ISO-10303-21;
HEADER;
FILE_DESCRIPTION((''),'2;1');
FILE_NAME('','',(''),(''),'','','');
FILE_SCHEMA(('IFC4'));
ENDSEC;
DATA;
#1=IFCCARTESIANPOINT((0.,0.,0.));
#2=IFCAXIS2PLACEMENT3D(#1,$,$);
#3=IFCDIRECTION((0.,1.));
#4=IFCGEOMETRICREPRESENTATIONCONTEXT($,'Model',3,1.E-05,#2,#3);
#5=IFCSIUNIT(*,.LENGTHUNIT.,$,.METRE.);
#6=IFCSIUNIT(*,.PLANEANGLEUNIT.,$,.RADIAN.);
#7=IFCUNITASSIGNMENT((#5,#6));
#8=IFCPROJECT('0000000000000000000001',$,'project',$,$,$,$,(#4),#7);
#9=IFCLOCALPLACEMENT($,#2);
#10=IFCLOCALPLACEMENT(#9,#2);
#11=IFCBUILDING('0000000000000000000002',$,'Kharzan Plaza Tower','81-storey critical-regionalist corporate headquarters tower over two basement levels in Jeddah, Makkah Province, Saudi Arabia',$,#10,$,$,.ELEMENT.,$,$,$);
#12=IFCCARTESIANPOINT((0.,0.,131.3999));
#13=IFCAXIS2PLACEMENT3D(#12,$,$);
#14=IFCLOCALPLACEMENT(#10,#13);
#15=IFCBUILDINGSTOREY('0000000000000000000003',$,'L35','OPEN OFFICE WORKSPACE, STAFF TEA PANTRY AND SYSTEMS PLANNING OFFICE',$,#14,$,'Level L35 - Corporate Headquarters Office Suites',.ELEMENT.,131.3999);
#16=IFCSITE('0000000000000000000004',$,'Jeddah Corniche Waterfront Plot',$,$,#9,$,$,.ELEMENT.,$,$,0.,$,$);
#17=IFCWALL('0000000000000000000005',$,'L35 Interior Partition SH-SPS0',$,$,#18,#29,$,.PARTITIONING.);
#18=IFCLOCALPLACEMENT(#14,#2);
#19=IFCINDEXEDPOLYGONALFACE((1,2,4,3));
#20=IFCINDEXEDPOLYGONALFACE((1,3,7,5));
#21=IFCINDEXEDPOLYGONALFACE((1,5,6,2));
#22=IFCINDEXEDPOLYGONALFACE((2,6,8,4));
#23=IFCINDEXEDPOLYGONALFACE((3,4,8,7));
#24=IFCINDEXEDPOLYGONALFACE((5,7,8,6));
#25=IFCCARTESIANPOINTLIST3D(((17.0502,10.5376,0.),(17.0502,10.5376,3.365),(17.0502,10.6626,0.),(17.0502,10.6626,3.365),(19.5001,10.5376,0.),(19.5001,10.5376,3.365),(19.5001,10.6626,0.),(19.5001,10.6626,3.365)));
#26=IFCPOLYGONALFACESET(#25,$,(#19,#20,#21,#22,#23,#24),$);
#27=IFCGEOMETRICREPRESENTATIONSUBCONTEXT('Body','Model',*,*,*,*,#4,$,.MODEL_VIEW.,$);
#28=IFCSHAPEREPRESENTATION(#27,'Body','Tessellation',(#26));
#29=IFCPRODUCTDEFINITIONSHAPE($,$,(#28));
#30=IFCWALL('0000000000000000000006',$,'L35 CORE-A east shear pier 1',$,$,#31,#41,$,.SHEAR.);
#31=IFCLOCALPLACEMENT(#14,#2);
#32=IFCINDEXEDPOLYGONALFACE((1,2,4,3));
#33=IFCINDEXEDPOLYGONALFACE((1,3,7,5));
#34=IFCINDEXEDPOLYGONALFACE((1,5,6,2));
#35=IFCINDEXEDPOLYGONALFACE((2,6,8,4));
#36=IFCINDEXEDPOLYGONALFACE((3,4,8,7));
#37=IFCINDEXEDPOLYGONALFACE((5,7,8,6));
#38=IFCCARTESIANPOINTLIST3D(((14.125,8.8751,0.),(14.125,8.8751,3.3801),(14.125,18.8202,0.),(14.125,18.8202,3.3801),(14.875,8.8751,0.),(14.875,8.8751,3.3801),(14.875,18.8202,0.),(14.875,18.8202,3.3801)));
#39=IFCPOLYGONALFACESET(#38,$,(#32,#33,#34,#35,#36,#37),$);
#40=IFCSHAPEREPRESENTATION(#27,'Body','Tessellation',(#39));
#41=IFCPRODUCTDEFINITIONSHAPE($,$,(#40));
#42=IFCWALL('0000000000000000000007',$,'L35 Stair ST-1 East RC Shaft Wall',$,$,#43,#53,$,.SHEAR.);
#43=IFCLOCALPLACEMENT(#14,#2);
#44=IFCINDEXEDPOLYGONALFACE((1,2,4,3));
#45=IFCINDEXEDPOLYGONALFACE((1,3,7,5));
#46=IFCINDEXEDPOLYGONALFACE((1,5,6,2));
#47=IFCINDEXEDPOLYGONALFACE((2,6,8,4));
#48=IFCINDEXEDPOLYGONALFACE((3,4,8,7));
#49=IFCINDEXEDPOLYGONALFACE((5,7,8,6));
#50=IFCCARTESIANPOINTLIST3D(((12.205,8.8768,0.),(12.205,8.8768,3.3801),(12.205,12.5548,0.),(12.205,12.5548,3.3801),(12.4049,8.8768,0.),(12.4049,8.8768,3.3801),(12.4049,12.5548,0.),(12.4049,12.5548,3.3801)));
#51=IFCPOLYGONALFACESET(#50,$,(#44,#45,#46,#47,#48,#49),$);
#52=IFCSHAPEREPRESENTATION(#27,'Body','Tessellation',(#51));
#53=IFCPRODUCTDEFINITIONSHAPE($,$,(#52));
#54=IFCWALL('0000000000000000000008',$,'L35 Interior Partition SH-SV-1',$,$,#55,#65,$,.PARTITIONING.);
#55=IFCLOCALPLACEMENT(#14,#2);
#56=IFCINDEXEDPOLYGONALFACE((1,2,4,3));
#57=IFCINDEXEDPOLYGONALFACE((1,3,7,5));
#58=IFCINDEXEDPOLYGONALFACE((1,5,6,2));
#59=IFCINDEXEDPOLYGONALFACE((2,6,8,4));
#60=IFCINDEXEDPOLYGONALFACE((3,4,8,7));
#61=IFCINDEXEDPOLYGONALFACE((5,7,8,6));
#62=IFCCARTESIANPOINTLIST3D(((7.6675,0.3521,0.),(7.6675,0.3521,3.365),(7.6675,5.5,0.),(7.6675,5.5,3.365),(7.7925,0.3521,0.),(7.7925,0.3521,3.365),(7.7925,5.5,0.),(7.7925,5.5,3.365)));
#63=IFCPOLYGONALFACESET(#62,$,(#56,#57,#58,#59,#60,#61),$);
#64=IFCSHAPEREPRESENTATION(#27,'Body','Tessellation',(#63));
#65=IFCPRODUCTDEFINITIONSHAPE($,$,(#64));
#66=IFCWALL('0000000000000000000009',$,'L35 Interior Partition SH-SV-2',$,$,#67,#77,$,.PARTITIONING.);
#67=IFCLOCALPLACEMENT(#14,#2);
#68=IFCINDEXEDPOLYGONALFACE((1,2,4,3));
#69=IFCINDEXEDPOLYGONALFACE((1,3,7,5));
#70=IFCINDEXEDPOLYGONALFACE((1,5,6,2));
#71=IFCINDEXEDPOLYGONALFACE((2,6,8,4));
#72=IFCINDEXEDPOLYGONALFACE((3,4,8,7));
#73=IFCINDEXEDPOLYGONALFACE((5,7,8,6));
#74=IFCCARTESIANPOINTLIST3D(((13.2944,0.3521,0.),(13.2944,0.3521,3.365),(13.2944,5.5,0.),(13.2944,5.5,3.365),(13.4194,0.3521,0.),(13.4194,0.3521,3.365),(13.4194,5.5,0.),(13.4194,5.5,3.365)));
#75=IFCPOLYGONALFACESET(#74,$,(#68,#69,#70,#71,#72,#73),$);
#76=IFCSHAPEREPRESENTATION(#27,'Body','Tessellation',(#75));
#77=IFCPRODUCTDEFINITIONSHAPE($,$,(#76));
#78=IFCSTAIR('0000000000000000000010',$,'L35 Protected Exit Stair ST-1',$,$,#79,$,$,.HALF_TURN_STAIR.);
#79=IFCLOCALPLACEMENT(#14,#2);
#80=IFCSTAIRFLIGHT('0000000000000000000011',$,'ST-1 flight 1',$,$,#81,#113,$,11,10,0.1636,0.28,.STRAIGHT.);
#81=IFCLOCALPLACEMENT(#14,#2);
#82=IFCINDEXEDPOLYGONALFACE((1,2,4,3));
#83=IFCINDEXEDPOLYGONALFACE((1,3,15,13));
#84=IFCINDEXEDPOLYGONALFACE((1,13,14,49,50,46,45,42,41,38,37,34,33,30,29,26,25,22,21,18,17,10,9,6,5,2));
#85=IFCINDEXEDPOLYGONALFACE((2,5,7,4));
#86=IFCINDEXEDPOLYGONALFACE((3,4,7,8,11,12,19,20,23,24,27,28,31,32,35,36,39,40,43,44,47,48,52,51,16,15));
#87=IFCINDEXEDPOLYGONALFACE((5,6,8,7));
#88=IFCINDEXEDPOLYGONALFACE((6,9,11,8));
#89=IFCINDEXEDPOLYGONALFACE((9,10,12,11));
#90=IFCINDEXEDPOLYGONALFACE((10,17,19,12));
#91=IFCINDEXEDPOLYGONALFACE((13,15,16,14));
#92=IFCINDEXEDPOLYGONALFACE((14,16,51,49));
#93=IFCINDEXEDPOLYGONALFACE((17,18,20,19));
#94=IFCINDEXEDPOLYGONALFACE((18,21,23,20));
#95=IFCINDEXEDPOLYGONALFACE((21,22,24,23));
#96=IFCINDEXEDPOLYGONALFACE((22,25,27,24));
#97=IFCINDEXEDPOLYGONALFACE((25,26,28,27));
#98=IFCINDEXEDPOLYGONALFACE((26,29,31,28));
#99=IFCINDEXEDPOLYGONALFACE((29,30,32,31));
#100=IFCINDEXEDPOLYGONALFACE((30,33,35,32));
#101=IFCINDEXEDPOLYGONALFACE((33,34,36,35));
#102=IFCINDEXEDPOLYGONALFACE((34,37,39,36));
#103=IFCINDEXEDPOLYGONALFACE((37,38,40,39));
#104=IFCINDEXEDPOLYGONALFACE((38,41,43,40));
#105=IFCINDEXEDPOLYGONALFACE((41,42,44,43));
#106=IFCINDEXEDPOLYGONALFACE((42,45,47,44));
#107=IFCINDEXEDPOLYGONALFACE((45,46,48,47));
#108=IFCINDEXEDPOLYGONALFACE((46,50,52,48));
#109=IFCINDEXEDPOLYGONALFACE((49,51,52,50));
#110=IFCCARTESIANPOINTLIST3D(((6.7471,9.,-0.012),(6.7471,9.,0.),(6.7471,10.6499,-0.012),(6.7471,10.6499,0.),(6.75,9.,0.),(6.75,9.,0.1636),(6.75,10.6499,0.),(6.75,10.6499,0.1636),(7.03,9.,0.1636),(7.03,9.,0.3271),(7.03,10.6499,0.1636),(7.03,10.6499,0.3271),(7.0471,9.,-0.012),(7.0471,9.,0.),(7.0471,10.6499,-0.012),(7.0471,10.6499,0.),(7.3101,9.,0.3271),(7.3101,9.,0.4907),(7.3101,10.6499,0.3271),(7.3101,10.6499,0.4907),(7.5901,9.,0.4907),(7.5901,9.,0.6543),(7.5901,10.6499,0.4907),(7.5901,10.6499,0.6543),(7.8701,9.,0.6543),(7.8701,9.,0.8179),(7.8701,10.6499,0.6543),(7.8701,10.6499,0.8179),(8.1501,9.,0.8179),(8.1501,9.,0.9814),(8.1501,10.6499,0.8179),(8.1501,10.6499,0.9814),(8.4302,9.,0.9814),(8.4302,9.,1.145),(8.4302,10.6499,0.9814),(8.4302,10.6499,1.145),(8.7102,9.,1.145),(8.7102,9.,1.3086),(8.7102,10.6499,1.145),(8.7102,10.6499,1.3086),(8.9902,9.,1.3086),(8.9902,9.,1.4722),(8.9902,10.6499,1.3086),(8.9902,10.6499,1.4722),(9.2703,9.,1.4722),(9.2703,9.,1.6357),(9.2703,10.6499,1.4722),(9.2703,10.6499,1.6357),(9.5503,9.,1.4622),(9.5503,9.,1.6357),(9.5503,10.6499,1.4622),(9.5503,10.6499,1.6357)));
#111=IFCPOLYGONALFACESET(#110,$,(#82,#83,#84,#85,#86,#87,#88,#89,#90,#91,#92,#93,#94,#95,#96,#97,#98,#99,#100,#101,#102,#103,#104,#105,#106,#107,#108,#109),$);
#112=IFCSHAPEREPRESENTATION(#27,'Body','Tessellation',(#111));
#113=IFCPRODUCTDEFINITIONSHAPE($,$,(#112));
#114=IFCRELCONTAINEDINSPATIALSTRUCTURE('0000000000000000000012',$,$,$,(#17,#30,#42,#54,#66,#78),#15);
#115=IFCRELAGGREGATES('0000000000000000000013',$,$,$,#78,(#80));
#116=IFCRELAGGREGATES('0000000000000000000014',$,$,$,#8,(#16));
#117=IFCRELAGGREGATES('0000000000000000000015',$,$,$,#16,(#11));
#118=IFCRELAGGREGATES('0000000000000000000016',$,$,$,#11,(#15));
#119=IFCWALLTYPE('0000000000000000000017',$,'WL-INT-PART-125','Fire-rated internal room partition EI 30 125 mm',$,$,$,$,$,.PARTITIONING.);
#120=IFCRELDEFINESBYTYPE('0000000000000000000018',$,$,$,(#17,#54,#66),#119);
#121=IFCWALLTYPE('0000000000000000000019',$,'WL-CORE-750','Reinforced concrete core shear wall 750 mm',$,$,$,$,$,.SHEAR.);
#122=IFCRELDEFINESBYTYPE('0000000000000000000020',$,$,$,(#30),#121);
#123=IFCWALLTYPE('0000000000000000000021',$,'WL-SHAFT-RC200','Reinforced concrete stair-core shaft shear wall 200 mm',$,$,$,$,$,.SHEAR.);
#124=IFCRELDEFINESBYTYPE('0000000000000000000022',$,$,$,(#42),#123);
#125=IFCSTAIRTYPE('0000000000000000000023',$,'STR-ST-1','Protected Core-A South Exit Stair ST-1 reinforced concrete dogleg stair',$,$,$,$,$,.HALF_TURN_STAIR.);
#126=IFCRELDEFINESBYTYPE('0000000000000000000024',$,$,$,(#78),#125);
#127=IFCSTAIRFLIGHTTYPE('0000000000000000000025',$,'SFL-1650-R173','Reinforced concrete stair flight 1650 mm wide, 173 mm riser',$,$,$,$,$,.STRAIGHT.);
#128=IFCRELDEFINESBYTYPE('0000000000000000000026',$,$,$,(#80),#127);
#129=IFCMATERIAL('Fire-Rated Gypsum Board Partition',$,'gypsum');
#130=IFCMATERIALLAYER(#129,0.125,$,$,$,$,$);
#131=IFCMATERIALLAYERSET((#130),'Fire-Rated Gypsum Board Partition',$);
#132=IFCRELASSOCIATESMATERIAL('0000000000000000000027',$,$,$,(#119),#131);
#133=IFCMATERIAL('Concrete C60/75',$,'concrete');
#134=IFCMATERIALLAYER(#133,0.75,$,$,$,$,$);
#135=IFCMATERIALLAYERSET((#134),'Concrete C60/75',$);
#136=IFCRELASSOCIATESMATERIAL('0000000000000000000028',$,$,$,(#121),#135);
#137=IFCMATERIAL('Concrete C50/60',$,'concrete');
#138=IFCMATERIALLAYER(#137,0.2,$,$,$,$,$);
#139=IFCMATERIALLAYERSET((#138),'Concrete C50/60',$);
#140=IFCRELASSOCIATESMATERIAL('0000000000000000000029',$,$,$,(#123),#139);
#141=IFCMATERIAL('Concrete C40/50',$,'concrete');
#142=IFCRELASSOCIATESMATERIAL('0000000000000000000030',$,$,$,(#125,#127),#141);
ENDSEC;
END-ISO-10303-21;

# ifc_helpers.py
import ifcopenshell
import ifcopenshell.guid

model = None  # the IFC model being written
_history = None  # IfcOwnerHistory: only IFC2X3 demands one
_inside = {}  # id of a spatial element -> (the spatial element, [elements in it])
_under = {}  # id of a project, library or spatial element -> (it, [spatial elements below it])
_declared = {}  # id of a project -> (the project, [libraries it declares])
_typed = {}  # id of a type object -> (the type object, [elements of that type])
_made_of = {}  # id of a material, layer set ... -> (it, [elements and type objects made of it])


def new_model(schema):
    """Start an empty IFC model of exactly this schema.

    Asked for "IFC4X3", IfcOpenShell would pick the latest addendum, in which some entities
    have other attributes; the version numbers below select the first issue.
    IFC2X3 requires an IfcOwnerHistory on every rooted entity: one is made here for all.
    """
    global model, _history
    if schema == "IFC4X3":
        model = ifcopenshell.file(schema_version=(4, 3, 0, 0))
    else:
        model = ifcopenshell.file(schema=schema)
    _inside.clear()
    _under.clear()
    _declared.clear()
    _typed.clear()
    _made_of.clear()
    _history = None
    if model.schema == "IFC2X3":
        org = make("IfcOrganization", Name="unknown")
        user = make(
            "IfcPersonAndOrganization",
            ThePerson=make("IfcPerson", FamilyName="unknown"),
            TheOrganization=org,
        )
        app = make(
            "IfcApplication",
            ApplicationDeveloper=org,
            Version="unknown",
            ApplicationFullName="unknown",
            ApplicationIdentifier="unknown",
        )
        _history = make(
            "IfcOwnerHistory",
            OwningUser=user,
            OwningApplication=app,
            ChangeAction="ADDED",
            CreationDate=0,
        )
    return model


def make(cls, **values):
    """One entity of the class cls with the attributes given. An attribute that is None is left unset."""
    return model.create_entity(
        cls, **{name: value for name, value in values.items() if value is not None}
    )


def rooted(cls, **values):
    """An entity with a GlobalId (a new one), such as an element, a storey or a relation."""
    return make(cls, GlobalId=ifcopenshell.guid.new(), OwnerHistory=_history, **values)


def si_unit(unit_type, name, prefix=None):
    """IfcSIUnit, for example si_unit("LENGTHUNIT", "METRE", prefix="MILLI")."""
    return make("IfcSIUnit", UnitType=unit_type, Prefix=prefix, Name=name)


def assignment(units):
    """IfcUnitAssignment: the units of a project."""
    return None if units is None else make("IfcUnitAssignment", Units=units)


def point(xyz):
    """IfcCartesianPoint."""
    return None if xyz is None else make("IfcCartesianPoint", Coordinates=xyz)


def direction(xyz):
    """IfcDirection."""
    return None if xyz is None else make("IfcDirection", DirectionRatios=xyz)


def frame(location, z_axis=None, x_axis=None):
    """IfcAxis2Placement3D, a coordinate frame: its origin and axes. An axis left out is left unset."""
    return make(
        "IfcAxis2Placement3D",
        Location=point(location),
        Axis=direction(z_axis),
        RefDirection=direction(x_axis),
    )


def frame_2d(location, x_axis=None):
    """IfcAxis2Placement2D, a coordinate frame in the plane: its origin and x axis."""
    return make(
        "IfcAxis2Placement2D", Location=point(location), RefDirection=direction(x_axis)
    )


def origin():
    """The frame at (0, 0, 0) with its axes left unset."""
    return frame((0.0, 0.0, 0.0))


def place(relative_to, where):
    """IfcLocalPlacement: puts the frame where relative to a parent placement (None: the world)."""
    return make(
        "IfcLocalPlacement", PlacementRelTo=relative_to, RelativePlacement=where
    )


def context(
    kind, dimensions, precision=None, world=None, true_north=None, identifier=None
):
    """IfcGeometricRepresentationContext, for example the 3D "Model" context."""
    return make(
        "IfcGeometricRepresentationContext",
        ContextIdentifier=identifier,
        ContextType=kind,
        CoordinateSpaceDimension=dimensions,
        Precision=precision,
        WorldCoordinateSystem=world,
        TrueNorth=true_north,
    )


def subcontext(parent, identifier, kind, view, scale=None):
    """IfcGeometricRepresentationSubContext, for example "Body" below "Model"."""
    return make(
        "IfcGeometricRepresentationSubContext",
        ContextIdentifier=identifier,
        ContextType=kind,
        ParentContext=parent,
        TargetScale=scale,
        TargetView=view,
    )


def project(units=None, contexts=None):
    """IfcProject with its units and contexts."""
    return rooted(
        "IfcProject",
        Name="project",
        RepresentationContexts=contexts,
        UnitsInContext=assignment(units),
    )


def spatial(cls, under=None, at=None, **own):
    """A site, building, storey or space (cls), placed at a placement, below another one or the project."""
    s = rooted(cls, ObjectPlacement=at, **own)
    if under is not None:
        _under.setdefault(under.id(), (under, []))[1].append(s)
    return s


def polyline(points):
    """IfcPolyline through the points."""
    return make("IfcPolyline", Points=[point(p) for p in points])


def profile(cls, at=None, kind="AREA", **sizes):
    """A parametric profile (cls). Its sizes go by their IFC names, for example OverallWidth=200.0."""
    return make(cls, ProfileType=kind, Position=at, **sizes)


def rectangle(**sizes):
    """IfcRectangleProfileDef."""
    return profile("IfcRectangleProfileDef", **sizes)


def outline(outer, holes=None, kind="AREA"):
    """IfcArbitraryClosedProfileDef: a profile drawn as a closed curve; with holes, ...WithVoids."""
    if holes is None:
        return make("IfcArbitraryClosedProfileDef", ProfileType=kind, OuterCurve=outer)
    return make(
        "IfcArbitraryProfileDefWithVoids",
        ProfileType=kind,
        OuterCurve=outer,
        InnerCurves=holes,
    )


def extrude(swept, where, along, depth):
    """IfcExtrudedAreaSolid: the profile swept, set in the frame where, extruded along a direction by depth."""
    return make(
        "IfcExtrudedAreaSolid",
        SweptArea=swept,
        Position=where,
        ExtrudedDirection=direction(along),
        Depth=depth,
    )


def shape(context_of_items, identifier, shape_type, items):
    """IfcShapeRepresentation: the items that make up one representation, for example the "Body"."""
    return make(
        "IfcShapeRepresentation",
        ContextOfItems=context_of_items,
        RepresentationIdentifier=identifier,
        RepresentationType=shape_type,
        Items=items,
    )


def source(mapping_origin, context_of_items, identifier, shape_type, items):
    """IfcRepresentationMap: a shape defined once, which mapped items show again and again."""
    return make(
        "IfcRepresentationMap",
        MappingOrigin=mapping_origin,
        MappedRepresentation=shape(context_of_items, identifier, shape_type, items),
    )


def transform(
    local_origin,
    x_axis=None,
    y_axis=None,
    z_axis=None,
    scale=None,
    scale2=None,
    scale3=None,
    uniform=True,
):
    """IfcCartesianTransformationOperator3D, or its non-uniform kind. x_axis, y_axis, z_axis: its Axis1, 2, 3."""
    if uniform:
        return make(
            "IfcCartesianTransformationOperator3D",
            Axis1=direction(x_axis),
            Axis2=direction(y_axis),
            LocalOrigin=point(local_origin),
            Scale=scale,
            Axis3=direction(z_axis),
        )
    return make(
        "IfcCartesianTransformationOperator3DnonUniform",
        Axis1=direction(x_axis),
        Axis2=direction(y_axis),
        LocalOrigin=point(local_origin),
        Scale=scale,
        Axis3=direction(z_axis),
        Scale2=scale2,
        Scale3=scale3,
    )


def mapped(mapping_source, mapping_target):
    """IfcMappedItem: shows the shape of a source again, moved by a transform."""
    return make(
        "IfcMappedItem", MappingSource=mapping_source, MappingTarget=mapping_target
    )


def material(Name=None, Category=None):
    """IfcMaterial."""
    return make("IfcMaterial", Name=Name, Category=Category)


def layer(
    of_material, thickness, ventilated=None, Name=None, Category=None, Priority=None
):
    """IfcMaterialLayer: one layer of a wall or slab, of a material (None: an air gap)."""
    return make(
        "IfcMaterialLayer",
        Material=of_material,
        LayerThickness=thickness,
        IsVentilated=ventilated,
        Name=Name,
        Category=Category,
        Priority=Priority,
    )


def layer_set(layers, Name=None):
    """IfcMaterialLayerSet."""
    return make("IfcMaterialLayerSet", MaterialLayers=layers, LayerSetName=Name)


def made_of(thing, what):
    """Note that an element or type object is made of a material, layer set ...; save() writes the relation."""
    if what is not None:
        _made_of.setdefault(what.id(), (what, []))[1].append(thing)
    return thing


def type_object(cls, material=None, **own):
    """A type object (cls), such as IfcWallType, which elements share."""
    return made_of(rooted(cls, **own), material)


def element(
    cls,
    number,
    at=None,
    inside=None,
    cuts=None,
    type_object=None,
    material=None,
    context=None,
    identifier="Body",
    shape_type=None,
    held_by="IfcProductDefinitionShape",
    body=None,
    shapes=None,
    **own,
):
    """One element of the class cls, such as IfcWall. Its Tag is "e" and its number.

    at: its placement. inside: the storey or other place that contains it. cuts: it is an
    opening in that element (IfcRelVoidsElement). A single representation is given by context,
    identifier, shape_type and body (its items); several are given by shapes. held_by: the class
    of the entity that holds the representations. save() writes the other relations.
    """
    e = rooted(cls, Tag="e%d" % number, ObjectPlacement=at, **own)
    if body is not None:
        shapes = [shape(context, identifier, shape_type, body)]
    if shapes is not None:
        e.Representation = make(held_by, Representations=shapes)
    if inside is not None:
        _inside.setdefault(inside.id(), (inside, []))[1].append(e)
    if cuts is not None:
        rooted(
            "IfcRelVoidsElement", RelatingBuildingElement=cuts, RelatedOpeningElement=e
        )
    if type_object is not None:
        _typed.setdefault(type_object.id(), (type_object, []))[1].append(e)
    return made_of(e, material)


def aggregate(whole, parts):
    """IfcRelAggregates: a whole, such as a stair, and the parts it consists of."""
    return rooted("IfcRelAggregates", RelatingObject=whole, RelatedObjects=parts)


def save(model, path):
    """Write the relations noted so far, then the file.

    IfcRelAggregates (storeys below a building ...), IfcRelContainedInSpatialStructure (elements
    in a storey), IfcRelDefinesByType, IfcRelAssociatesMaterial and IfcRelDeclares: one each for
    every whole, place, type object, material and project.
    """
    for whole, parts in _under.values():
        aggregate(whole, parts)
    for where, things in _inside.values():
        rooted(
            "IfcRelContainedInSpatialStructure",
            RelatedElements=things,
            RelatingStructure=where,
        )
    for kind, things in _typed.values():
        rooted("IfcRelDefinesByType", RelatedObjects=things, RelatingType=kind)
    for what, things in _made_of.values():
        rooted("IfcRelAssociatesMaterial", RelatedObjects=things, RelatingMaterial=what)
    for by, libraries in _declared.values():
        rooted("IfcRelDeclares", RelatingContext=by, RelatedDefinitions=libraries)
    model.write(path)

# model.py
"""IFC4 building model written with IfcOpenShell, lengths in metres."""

from ifc_helpers import new_model, si_unit, direction, frame, frame_2d, origin, place, context, subcontext, project, spatial, polyline, rectangle, outline, extrude, source, transform, mapped, material, layer, layer_set, type_object, element, aggregate, save


model = new_model("IFC4")

# Units and contexts
model_context = context("Model", 3, precision=1e-05, world=origin(), true_north=direction((0.0, 1.0)))
body_context = subcontext(model_context, "Body", "Model", "MODEL_VIEW")
ifc_project = project(units=[si_unit("LENGTHUNIT", "METRE"), si_unit("PLANEANGLEUNIT", "RADIAN")], contexts=[model_context])

# Site, building, storey
site_placement = place(None, origin())
site = spatial("IfcSite", under=ifc_project, at=site_placement, Name="Jeddah Corniche Waterfront Plot", CompositionType="ELEMENT", RefElevation=0.0)
building_placement = place(site_placement, origin())
building = spatial("IfcBuilding", under=site, at=building_placement, Name="Kharzan Plaza Tower", Description="81-storey critical-regionalist corporate headquarters tower over two basement levels in Jeddah, Makkah Province, Saudi Arabia", CompositionType="ELEMENT")
storey_placement = place(building_placement, frame((0.0, 0.0, 131.3999)))
storey = spatial("IfcBuildingStorey", under=building, at=storey_placement, Name="L35", Description="OPEN OFFICE WORKSPACE, STAFF TEA PANTRY AND SYSTEMS PLANNING OFFICE", LongName="Level L35 - Corporate Headquarters Office Suites", CompositionType="ELEMENT", Elevation=131.3999)

# Shared definitions
ifc_material_1 = material(Name="Concrete C60/75", Category="concrete")

# Shared definitions
ifc_material_2 = material(Name="Concrete C40/50", Category="concrete")

# Shared definitions
ifc_material_3 = material(Name="Fire-Rated Gypsum Board Partition", Category="gypsum")
ifc_layer_1 = layer(ifc_material_3, 0.125)
ifc_layer_set_1 = layer_set([ifc_layer_1], Name="Fire-Rated Gypsum Board Partition")
wall_type_1 = type_object("IfcWallType", Name="WL-INT-PART-125", Description="Fire-rated internal room partition EI 30 125 mm", PredefinedType="PARTITIONING", material=ifc_layer_set_1)

# Walls
shared_shape_1 = source(origin(), body_context, "Body", "SweptSolid", [
    extrude(rectangle(XDim=2.45, YDim=0.125, at=frame_2d((1.2251, 0.0))), origin(), (0.0, 0.0, 1.0), 3.365),
])
wall_1_placement = place(storey_placement, frame((17.05, 10.6001, 0.0), z_axis=(0.0, 0.0, 1.0), x_axis=(1.0, 0.0, 0.0)))
element("IfcWall", 1, at=wall_1_placement, inside=storey, type_object=wall_type_1, Name="L35 Interior Partition SH-SPS0", PredefinedType="PARTITIONING", context=body_context, shape_type="MappedRepresentation", body=[
    mapped(shared_shape_1, transform((0.0, 0.0, 0.0), x_axis=(1.0, 0.0, 0.0), y_axis=(0.0, 1.0, 0.0), z_axis=(0.0, 0.0, 1.0))),
])
ifc_layer_2 = layer(ifc_material_1, 0.75)
ifc_layer_set_2 = layer_set([ifc_layer_2], Name="Concrete C60/75")
wall_type_2 = type_object("IfcWallType", Name="WL-CORE-750", Description="Reinforced concrete core shear wall 750 mm", PredefinedType="SHEAR", material=ifc_layer_set_2)
shared_shape_2 = source(origin(), body_context, "Body", "SweptSolid", [
    extrude(rectangle(XDim=9.9451, YDim=0.75, at=frame_2d((4.9727, 0.0))), origin(), (0.0, 0.0, 1.0), 3.3801),
])
wall_2_placement = place(storey_placement, frame((14.5, 8.875, 0.0), z_axis=(0.0, 0.0, 1.0), x_axis=(0.0, 1.0, 0.0)))
element("IfcWall", 2, at=wall_2_placement, inside=storey, type_object=wall_type_2, Name="L35 CORE-A east shear pier 1", PredefinedType="SHEAR", context=body_context, shape_type="MappedRepresentation", body=[
    mapped(shared_shape_2, transform((0.0, 0.0, 0.0), x_axis=(1.0, 0.0, 0.0), y_axis=(0.0, 1.0, 0.0), z_axis=(0.0, 0.0, 1.0))),
])
ifc_material_4 = material(Name="Concrete C50/60", Category="concrete")
ifc_layer_3 = layer(ifc_material_4, 0.2)
ifc_layer_set_3 = layer_set([ifc_layer_3], Name="Concrete C50/60")
wall_type_3 = type_object("IfcWallType", Name="WL-SHAFT-RC200", Description="Reinforced concrete stair-core shaft shear wall 200 mm", PredefinedType="SHEAR", material=ifc_layer_set_3)
shared_shape_3 = source(origin(), body_context, "Body", "SweptSolid", [
    extrude(rectangle(XDim=3.678, YDim=0.2, at=frame_2d((1.8389, 0.0))), origin(), (0.0, 0.0, 1.0), 3.3801),
])
wall_3_placement = place(storey_placement, frame((12.3049, 8.877, 0.0), z_axis=(0.0, 0.0, 1.0), x_axis=(0.0, 1.0, 0.0)))
element("IfcWall", 3, at=wall_3_placement, inside=storey, type_object=wall_type_3, Name="L35 Stair ST-1 East RC Shaft Wall", PredefinedType="SHEAR", context=body_context, shape_type="MappedRepresentation", body=[
    mapped(shared_shape_3, transform((0.0, 0.0, 0.0), x_axis=(1.0, 0.0, 0.0), y_axis=(0.0, 1.0, 0.0), z_axis=(0.0, 0.0, 1.0))),
])
shared_shape_4 = source(origin(), body_context, "Body", "SweptSolid", [
    extrude(rectangle(XDim=5.1479, YDim=0.125, at=frame_2d((2.574, 0.0))), origin(), (0.0, 0.0, 1.0), 3.365),
])
for number, where, z_axis, x_axis, name in (
    (4, (7.73, 0.3521, 0.0), (0.0, 0.0, 1.0), (0.0, 1.0, 0.0), "L35 Interior Partition SH-SV-1"),
    (5, (13.3569, 0.3521, 0.0), (0.0, 0.0, 1.0), (0.0, 1.0, 0.0), "L35 Interior Partition SH-SV-2"),
):
    element("IfcWall", number, at=place(storey_placement, frame(where, z_axis=z_axis, x_axis=x_axis)), inside=storey, type_object=wall_type_1, Name=name, PredefinedType="PARTITIONING", context=body_context, shape_type="MappedRepresentation", body=[
        mapped(shared_shape_4, transform((0.0, 0.0, 0.0), x_axis=(1.0, 0.0, 0.0), y_axis=(0.0, 1.0, 0.0), z_axis=(0.0, 0.0, 1.0))),
    ])

# Stair, stair flight
stair_type = type_object("IfcStairType", Name="STR-ST-1", Description="Protected Core-A South Exit Stair ST-1 reinforced concrete dogleg stair", PredefinedType="HALF_TURN_STAIR", material=ifc_material_2)
stair_placement = place(storey_placement, origin())
stair = element("IfcStair", 6, at=stair_placement, inside=storey, type_object=stair_type, Name="L35 Protected Exit Stair ST-1", PredefinedType="HALF_TURN_STAIR")
stair_flight_type = type_object("IfcStairFlightType", Name="SFL-1650-R173", Description="Reinforced concrete stair flight 1650 mm wide, 173 mm riser", PredefinedType="STRAIGHT", material=ifc_material_2)
shared_shape_5 = source(origin(), body_context, "Body", "SweptSolid", [
    extrude(outline(polyline([(-0.0029, -0.012), (-0.0029, 0.0), (0.0, 0.0), (0.0, 0.1636), (0.28, 0.1636), (0.28, 0.3271), (0.5601, 0.3271), (0.5601, 0.4907), (0.8401, 0.4907), (0.8401, 0.6543), (1.1201, 0.6543), (1.1201, 0.8179), (1.4001, 0.8179), (1.4001, 0.9814), (1.6802, 0.9814), (1.6802, 1.145), (1.9602, 1.145), (1.9602, 1.3086), (2.2402, 1.3086), (2.2402, 1.4722), (2.5203, 1.4722), (2.5203, 1.6357), (2.8003, 1.6357), (2.8003, 1.7993), (2.8003, 1.4622), (0.2971, 0.0), (0.2971, -0.012), (-0.0029, -0.012)])), frame((0.0, 0.825, 0.0), z_axis=(0.0, -1.0, 0.0), x_axis=(1.0, 0.0, 0.0)), (0.0, 0.0, 1.0), 1.6499),
])
stair_flight_placement = place(storey_placement, frame((6.75, 9.825, 0.0), z_axis=(0.0, 0.0, 1.0), x_axis=(1.0, 0.0, 0.0)))
stair_flight = element("IfcStairFlight", 7, at=stair_flight_placement, type_object=stair_flight_type, Name="ST-1 flight 1", NumberOfRisers=11, NumberOfTreads=10, PredefinedType="STRAIGHT", RiserHeight=0.1636, TreadLength=0.28, context=body_context, shape_type="MappedRepresentation", body=[
    mapped(shared_shape_5, transform((0.0, 0.0, 0.0), x_axis=(1.0, 0.0, 0.0), y_axis=(0.0, 1.0, 0.0), z_axis=(0.0, 0.0, 1.0))),
])
aggregate(stair, [stair_flight])

save(model, "model.ifc")
